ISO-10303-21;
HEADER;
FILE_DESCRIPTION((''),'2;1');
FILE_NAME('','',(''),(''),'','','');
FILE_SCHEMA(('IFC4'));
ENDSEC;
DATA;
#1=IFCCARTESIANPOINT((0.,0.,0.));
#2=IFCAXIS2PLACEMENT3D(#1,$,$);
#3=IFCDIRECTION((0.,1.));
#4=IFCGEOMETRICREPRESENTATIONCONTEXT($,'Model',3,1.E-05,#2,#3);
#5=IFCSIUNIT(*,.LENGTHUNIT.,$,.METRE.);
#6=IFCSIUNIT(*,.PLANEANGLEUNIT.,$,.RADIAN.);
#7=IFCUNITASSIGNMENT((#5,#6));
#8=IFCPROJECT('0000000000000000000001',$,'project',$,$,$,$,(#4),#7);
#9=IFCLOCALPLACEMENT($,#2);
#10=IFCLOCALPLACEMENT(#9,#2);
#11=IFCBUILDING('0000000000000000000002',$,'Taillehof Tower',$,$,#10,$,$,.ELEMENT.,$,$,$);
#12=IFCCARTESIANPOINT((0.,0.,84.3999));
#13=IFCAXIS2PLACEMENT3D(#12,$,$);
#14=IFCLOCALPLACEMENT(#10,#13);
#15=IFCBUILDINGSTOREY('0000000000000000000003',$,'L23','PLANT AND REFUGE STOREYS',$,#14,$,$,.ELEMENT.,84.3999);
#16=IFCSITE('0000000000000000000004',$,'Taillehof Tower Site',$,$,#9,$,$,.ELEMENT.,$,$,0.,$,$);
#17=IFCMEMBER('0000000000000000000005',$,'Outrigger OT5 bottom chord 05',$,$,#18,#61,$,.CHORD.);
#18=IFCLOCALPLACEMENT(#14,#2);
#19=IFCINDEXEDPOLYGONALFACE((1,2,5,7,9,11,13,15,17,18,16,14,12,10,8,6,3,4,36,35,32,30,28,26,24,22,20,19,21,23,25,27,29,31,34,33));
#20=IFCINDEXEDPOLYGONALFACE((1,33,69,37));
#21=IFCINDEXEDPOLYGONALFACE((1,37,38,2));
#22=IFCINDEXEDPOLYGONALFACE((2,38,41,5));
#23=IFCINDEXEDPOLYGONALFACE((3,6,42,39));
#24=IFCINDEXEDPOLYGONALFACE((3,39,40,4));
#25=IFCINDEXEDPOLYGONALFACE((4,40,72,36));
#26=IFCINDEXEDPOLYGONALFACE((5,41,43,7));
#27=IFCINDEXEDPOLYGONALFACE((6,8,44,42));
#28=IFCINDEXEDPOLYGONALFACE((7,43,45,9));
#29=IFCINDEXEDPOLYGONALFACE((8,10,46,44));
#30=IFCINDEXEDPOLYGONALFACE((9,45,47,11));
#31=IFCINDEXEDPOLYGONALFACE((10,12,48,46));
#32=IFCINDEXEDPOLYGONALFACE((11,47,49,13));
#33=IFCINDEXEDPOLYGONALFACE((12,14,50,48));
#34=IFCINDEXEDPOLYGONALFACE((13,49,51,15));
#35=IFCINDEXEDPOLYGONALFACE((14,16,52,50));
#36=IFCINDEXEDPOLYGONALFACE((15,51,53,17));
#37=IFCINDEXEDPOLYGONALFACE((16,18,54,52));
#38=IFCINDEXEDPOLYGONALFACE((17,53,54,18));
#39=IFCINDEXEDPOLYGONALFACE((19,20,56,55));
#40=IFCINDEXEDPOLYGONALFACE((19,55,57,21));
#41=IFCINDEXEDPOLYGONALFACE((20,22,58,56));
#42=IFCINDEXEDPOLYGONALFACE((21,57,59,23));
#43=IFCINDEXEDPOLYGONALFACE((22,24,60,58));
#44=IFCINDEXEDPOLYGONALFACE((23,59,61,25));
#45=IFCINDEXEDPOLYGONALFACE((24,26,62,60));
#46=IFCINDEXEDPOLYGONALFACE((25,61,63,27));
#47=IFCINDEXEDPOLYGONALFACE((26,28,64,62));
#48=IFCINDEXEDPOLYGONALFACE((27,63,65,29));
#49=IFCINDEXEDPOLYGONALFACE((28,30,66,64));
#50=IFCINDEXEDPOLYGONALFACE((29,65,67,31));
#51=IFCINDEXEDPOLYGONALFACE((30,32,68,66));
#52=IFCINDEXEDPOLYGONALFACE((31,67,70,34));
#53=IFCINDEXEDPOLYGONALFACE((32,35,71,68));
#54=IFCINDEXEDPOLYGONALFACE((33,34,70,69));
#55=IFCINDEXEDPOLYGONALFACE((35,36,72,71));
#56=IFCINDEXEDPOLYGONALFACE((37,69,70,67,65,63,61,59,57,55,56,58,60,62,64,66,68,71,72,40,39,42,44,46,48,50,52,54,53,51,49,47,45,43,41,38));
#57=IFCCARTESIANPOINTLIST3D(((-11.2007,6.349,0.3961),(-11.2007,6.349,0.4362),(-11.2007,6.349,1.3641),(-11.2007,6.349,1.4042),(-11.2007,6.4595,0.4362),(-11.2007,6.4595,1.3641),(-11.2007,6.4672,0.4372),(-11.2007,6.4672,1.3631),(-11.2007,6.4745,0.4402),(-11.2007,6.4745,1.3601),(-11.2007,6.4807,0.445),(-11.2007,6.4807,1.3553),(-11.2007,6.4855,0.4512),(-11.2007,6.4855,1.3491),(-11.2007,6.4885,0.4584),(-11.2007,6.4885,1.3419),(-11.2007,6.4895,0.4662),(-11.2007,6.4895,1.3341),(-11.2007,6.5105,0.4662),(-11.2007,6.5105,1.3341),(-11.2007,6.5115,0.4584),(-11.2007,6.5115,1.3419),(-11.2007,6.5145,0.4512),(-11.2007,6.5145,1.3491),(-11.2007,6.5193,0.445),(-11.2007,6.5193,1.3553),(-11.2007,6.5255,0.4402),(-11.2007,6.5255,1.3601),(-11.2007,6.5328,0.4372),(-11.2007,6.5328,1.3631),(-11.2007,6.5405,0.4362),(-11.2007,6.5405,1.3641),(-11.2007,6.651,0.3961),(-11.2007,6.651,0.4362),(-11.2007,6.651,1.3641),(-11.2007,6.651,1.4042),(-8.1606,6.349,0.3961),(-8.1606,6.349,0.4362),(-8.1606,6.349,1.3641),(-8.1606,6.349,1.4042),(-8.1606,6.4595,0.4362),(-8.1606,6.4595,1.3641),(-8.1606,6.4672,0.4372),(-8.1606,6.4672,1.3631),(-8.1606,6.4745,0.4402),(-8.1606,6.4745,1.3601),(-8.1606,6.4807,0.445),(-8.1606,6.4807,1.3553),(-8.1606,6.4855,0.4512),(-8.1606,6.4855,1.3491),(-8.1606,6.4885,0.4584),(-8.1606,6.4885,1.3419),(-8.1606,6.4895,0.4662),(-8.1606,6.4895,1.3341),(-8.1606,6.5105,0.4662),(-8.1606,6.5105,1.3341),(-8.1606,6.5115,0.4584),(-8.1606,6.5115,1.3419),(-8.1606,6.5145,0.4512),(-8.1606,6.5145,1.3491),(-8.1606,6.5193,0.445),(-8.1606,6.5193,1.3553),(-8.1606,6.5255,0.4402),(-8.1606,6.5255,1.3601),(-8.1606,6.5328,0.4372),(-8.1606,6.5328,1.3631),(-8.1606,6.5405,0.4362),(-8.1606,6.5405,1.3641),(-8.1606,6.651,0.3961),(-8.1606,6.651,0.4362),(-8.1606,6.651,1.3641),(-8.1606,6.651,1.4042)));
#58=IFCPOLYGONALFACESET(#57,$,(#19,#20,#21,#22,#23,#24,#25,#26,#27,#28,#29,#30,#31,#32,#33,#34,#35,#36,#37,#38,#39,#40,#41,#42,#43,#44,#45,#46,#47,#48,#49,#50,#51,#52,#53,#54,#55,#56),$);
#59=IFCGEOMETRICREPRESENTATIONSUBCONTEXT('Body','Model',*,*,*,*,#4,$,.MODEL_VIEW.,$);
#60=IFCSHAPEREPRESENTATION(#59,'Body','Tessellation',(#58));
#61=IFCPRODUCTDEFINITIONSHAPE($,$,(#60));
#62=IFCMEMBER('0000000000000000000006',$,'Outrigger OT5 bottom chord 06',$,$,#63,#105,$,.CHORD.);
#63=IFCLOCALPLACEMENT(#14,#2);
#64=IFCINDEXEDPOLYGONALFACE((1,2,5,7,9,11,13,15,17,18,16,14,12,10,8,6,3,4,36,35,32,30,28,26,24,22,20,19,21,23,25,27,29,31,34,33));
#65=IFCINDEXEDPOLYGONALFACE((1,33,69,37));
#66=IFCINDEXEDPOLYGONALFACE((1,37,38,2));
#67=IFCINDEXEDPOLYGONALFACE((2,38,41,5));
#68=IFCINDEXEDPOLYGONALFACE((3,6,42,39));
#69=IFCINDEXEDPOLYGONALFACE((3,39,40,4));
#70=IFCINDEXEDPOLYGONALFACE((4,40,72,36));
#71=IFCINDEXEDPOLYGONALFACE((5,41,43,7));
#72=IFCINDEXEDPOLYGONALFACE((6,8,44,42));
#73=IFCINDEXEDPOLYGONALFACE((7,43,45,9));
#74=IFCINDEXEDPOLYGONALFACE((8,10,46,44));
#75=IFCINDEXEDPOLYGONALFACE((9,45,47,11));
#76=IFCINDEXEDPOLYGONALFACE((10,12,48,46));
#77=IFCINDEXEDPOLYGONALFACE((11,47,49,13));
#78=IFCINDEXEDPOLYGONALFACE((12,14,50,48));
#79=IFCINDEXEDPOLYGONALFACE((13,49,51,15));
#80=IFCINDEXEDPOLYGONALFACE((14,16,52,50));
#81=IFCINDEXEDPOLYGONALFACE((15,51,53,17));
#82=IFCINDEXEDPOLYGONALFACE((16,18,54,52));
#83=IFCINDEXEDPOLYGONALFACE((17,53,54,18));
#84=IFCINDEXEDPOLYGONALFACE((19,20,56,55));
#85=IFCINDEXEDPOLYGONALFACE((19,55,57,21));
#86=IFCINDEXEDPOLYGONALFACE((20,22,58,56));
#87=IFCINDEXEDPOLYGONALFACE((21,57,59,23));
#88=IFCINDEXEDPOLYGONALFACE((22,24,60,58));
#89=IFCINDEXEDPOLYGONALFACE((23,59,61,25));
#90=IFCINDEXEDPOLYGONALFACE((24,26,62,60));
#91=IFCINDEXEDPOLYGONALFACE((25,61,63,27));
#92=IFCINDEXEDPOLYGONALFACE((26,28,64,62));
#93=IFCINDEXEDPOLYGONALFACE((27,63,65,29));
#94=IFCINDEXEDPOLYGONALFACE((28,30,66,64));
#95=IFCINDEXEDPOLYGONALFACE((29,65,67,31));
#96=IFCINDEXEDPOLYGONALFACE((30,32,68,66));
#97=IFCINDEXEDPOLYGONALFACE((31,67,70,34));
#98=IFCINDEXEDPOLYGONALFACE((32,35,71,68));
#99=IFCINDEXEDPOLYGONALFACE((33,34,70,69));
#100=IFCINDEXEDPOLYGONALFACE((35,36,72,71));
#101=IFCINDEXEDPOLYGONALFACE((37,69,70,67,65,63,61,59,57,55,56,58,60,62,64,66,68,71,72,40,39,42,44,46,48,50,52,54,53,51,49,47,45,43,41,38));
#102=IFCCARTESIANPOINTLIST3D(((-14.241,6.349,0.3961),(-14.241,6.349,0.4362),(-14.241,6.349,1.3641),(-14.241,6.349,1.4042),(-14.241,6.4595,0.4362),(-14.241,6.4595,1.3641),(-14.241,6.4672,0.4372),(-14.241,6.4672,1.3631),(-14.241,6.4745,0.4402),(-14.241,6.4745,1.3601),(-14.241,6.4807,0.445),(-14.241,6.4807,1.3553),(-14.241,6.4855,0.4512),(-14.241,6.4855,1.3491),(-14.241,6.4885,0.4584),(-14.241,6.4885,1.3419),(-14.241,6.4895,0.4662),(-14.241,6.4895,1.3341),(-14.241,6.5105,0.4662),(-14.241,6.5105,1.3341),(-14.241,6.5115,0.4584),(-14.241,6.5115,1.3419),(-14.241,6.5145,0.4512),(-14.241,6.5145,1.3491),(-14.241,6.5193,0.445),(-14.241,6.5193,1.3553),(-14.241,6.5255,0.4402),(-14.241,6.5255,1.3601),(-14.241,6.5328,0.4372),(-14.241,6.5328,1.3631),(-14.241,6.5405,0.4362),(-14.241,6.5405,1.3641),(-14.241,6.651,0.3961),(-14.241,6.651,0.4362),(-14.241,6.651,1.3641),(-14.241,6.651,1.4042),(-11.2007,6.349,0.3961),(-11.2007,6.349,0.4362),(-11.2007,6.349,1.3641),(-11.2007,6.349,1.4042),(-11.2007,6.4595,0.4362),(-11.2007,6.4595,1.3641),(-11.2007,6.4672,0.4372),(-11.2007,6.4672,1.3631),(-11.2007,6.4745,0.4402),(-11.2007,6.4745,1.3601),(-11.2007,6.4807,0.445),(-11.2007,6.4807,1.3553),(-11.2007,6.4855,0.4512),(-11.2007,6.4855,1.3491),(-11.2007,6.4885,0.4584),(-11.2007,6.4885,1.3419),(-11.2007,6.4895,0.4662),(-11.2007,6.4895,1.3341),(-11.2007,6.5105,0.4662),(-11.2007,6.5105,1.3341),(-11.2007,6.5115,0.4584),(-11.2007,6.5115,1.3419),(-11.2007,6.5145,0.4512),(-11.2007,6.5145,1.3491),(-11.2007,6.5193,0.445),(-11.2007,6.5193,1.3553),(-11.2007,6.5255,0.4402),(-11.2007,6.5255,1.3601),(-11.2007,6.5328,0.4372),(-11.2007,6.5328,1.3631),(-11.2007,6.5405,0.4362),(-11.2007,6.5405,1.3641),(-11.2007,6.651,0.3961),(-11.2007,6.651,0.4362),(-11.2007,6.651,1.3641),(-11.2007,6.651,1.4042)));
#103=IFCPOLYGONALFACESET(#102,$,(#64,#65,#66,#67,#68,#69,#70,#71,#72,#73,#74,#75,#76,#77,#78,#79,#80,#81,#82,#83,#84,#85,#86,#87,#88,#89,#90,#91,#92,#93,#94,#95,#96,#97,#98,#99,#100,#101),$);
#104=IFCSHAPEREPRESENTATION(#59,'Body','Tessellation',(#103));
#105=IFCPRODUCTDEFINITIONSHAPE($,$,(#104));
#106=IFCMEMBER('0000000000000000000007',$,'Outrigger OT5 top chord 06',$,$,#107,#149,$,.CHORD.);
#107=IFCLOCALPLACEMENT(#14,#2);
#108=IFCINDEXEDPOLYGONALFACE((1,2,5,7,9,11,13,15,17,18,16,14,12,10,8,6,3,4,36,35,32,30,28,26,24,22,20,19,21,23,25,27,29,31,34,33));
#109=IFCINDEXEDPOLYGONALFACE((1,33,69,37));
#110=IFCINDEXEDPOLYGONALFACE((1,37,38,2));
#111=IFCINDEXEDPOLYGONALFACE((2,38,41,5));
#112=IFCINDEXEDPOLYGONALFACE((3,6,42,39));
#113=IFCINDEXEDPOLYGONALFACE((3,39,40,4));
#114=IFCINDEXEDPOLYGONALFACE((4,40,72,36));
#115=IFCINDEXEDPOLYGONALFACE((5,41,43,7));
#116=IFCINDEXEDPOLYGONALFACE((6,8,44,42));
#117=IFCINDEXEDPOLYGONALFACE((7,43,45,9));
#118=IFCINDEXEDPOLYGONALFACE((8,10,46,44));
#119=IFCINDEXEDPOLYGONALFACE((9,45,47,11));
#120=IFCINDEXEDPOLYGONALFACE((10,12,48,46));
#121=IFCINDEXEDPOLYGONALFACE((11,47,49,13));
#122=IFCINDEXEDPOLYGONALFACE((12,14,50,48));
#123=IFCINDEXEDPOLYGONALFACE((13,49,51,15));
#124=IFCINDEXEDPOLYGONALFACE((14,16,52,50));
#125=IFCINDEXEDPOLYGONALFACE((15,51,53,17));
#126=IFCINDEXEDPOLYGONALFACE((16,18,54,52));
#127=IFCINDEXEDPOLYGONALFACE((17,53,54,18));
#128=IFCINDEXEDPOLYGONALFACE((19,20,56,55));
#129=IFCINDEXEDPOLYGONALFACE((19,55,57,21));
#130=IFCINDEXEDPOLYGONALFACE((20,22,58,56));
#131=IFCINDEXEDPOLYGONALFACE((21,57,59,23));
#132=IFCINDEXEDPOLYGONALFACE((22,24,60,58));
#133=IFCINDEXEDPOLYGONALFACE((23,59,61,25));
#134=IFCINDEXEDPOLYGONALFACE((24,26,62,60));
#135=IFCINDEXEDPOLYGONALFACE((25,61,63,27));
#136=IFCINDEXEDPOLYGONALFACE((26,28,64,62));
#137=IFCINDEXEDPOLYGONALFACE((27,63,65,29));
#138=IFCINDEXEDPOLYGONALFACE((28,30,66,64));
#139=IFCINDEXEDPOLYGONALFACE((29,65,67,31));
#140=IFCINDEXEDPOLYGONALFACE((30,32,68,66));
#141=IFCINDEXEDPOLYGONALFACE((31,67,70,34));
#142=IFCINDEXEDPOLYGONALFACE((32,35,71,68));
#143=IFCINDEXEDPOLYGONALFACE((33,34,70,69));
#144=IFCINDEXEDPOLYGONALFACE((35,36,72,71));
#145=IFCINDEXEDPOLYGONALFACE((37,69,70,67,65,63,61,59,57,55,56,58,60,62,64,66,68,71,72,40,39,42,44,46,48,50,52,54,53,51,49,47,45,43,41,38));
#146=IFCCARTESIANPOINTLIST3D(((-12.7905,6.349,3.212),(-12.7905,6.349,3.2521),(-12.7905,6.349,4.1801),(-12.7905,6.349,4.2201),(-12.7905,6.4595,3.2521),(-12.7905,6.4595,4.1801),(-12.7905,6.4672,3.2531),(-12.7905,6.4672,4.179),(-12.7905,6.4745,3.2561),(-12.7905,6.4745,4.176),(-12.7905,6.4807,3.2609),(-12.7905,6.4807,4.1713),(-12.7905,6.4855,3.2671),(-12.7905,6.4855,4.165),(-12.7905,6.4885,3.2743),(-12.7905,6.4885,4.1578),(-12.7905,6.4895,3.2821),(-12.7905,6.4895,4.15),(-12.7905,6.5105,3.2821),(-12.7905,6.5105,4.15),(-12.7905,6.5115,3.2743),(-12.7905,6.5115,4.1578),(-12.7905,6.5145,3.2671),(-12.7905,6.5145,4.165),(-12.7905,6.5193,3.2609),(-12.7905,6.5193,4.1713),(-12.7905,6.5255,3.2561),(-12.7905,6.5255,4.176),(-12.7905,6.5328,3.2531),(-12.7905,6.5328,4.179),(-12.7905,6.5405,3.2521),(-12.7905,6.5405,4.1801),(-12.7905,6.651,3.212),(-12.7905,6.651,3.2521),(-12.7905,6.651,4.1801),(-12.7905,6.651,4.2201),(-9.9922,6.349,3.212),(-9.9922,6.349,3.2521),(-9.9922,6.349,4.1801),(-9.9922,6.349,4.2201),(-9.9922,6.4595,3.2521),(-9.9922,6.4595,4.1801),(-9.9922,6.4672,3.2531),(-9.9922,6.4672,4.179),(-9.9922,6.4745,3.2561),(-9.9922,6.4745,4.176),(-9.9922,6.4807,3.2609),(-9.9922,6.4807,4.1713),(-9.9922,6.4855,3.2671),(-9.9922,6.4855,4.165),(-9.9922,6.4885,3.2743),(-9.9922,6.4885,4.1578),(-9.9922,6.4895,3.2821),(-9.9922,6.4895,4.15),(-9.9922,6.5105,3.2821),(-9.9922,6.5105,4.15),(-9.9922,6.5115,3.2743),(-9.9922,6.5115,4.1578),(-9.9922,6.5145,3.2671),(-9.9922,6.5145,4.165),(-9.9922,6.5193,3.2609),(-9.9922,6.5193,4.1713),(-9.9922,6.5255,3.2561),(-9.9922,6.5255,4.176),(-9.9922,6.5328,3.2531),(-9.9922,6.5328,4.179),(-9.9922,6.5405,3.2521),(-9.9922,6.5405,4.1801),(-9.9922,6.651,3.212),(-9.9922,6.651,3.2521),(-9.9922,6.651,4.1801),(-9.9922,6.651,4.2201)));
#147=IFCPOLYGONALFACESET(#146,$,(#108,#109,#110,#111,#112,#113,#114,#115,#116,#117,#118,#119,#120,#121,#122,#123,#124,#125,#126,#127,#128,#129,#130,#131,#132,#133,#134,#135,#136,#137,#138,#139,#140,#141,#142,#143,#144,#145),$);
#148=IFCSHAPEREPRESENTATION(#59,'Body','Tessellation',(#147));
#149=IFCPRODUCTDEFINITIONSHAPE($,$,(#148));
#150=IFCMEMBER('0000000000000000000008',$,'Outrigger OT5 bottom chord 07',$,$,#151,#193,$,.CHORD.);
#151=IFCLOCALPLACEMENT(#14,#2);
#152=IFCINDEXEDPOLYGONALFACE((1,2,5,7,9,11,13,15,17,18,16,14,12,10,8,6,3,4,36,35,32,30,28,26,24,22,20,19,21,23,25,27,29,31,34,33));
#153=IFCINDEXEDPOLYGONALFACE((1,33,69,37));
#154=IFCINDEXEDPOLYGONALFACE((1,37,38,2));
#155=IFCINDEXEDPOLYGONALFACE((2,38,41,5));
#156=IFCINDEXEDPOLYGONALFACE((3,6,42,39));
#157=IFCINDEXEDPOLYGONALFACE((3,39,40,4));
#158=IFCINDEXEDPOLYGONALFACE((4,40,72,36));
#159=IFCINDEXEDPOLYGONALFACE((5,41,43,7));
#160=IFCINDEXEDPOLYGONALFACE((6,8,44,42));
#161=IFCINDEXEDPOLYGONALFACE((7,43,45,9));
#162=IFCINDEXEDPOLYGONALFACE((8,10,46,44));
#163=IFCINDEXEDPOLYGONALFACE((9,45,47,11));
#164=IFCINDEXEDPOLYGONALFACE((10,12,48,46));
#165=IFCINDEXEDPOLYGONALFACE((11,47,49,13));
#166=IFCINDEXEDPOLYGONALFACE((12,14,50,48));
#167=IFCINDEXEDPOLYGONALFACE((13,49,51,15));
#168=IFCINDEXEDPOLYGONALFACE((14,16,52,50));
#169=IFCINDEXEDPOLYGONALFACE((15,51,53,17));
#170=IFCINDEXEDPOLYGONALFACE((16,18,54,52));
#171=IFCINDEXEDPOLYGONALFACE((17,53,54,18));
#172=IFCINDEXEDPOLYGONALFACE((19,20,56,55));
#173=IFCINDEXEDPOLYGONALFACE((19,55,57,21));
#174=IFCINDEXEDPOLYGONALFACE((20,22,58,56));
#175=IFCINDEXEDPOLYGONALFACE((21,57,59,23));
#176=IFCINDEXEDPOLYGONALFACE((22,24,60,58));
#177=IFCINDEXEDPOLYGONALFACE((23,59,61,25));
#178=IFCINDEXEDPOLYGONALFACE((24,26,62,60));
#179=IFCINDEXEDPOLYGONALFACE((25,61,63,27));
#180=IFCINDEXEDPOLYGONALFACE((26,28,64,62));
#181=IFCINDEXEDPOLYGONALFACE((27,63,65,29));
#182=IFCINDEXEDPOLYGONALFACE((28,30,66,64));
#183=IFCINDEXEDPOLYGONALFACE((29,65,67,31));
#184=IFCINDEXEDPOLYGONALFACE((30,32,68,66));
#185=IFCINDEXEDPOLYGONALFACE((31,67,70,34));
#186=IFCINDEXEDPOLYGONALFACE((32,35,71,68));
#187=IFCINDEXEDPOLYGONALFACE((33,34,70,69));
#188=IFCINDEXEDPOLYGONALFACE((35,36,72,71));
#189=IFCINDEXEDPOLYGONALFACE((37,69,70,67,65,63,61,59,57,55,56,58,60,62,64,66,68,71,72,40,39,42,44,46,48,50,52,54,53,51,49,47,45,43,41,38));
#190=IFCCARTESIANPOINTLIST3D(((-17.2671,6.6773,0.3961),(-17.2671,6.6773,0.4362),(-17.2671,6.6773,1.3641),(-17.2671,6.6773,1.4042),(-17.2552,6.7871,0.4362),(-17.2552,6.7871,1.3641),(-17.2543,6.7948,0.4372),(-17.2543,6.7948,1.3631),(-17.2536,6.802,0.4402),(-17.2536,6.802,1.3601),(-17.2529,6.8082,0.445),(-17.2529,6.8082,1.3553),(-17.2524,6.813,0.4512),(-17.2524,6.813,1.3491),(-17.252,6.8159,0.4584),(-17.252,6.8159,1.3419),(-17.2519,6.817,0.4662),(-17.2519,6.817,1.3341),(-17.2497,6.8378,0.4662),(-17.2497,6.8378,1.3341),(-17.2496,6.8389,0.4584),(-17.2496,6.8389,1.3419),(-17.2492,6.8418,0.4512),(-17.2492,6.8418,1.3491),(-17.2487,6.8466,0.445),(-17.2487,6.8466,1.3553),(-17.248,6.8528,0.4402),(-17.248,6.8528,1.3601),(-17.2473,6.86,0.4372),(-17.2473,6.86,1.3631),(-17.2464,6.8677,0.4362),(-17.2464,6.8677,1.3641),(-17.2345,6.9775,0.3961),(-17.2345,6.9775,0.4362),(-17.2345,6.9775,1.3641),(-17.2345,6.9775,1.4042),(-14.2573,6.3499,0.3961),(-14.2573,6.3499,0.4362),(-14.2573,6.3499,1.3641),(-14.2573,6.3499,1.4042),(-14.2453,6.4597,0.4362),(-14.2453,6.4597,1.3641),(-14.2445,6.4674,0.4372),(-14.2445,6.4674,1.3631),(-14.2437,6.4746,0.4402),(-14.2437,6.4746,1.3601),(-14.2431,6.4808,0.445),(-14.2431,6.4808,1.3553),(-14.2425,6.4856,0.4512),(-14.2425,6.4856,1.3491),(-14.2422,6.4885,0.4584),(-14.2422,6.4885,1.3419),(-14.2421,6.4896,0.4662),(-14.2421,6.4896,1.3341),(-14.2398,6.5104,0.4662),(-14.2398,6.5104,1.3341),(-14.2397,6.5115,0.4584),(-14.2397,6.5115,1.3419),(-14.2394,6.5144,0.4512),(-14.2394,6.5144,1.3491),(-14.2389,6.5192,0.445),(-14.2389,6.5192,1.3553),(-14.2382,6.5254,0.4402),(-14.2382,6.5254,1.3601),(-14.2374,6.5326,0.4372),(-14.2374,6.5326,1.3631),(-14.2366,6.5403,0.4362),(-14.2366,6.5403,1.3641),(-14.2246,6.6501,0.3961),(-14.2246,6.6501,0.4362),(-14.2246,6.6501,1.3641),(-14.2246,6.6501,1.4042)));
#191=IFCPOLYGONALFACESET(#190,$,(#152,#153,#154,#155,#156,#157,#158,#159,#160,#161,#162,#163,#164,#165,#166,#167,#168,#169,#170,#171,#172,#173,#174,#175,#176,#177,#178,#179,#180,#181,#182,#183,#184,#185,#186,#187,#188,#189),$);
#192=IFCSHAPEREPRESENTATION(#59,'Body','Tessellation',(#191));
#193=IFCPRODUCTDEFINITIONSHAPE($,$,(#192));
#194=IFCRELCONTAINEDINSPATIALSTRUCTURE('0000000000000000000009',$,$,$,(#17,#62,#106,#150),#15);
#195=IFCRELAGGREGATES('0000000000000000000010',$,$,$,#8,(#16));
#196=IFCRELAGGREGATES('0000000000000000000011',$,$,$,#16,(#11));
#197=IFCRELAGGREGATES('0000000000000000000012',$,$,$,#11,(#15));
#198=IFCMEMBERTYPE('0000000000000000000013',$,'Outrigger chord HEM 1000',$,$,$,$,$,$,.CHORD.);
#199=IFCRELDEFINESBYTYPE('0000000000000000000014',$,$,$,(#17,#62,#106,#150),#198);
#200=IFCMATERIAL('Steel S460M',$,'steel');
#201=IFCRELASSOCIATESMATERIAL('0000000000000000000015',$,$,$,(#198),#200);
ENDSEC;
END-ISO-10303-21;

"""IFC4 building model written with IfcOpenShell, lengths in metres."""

from ifc_helpers import new_model, si_unit, direction, frame, origin, origin_2d, place, context, subcontext, project, spatial, i_section, extrude, material, material_profile, profile_set, type_object, element, save


model = new_model("IFC4")

# Units and contexts
model_context = context("Model", 3, precision=1e-05, world=origin(), true_north=direction((0.0, 1.0)))
body_context = subcontext(model_context, "Body", "Model", "MODEL_VIEW")
ifc_project = project(units=[si_unit("LENGTHUNIT", "METRE"), si_unit("PLANEANGLEUNIT", "RADIAN")], contexts=[model_context])

# Site, building, storey
site_placement = place(None, origin())
site = spatial("IfcSite", under=ifc_project, at=site_placement, Name="Taillehof Tower Site", CompositionType="ELEMENT", RefElevation=0.0)
building_placement = place(site_placement, origin())
building = spatial("IfcBuilding", under=site, at=building_placement, Name="Taillehof Tower", CompositionType="ELEMENT")
storey_placement = place(building_placement, frame((0.0, 0.0, 84.3999)))
storey = spatial("IfcBuildingStorey", under=building, at=storey_placement, Name="L23", Description="PLANT AND REFUGE STOREYS", CompositionType="ELEMENT", Elevation=84.3999)

# Members
ifc_material_1 = material(Name="Steel S460M", Category="steel")
ifc_material_profile_1 = material_profile(ifc_material_1, i_section(OverallWidth=0.302, OverallDepth=1.0081, WebThickness=0.021, FlangeThickness=0.04, FilletRadius=0.03, at=origin_2d()), Name="HEM 1000")
ifc_profile_set_1 = profile_set([ifc_material_profile_1], Name="Steel S460M")
member_type_1 = type_object("IfcMemberType", Name="Outrigger chord HEM 1000", PredefinedType="CHORD", material=ifc_profile_set_1)
member_1_placement = place(storey_placement, frame((-8.1606, 6.5, 0.9001), z_axis=(-1.0, 0.0, 0.0), x_axis=(0.0, -1.0, 0.0)))
element("IfcMember", 1, at=member_1_placement, inside=storey, type_object=member_type_1, Name="Outrigger OT5 bottom chord 05", PredefinedType="CHORD", context=body_context, shape_type="SweptSolid", body=[
    extrude(i_section(OverallWidth=0.302, OverallDepth=1.0081, WebThickness=0.021, FlangeThickness=0.04, FilletRadius=0.03, at=origin_2d()), origin(), (0.0, 0.0, 1.0), 3.04),
])
member_2_placement = place(storey_placement, frame((-11.2007, 6.5, 0.9001), z_axis=(-1.0, 0.0, 0.0), x_axis=(0.0, -1.0, 0.0)))
element("IfcMember", 2, at=member_2_placement, inside=storey, type_object=member_type_1, Name="Outrigger OT5 bottom chord 06", PredefinedType="CHORD", context=body_context, shape_type="SweptSolid", body=[
    extrude(i_section(OverallWidth=0.302, OverallDepth=1.0081, WebThickness=0.021, FlangeThickness=0.04, FilletRadius=0.03, at=origin_2d()), origin(), (0.0, 0.0, 1.0), 3.0403),
])
member_3_placement = place(storey_placement, frame((-9.9922, 6.5, 3.7161), z_axis=(-1.0, 0.0, 0.0), x_axis=(0.0, -1.0, 0.0)))
element("IfcMember", 3, at=member_3_placement, inside=storey, type_object=member_type_1, Name="Outrigger OT5 top chord 06", PredefinedType="CHORD", context=body_context, shape_type="SweptSolid", body=[
    extrude(i_section(OverallWidth=0.302, OverallDepth=1.0081, WebThickness=0.021, FlangeThickness=0.04, FilletRadius=0.03, at=origin_2d()), origin(), (0.0, 0.0, 1.0), 2.7983),
])
member_4_placement = place(storey_placement, frame((-14.241, 6.5, 0.9001), z_axis=(-0.994136, 0.108139, 0.0), x_axis=(-0.108139, -0.994136, 0.0)))
element("IfcMember", 4, at=member_4_placement, inside=storey, type_object=member_type_1, Name="Outrigger OT5 bottom chord 07", PredefinedType="CHORD", context=body_context, shape_type="SweptSolid", body=[
    extrude(i_section(OverallWidth=0.302, OverallDepth=1.0081, WebThickness=0.021, FlangeThickness=0.04, FilletRadius=0.03, at=origin_2d()), origin(), (0.0, 0.0, 1.0), 3.0276),
])

save(model, "model.ifc")
